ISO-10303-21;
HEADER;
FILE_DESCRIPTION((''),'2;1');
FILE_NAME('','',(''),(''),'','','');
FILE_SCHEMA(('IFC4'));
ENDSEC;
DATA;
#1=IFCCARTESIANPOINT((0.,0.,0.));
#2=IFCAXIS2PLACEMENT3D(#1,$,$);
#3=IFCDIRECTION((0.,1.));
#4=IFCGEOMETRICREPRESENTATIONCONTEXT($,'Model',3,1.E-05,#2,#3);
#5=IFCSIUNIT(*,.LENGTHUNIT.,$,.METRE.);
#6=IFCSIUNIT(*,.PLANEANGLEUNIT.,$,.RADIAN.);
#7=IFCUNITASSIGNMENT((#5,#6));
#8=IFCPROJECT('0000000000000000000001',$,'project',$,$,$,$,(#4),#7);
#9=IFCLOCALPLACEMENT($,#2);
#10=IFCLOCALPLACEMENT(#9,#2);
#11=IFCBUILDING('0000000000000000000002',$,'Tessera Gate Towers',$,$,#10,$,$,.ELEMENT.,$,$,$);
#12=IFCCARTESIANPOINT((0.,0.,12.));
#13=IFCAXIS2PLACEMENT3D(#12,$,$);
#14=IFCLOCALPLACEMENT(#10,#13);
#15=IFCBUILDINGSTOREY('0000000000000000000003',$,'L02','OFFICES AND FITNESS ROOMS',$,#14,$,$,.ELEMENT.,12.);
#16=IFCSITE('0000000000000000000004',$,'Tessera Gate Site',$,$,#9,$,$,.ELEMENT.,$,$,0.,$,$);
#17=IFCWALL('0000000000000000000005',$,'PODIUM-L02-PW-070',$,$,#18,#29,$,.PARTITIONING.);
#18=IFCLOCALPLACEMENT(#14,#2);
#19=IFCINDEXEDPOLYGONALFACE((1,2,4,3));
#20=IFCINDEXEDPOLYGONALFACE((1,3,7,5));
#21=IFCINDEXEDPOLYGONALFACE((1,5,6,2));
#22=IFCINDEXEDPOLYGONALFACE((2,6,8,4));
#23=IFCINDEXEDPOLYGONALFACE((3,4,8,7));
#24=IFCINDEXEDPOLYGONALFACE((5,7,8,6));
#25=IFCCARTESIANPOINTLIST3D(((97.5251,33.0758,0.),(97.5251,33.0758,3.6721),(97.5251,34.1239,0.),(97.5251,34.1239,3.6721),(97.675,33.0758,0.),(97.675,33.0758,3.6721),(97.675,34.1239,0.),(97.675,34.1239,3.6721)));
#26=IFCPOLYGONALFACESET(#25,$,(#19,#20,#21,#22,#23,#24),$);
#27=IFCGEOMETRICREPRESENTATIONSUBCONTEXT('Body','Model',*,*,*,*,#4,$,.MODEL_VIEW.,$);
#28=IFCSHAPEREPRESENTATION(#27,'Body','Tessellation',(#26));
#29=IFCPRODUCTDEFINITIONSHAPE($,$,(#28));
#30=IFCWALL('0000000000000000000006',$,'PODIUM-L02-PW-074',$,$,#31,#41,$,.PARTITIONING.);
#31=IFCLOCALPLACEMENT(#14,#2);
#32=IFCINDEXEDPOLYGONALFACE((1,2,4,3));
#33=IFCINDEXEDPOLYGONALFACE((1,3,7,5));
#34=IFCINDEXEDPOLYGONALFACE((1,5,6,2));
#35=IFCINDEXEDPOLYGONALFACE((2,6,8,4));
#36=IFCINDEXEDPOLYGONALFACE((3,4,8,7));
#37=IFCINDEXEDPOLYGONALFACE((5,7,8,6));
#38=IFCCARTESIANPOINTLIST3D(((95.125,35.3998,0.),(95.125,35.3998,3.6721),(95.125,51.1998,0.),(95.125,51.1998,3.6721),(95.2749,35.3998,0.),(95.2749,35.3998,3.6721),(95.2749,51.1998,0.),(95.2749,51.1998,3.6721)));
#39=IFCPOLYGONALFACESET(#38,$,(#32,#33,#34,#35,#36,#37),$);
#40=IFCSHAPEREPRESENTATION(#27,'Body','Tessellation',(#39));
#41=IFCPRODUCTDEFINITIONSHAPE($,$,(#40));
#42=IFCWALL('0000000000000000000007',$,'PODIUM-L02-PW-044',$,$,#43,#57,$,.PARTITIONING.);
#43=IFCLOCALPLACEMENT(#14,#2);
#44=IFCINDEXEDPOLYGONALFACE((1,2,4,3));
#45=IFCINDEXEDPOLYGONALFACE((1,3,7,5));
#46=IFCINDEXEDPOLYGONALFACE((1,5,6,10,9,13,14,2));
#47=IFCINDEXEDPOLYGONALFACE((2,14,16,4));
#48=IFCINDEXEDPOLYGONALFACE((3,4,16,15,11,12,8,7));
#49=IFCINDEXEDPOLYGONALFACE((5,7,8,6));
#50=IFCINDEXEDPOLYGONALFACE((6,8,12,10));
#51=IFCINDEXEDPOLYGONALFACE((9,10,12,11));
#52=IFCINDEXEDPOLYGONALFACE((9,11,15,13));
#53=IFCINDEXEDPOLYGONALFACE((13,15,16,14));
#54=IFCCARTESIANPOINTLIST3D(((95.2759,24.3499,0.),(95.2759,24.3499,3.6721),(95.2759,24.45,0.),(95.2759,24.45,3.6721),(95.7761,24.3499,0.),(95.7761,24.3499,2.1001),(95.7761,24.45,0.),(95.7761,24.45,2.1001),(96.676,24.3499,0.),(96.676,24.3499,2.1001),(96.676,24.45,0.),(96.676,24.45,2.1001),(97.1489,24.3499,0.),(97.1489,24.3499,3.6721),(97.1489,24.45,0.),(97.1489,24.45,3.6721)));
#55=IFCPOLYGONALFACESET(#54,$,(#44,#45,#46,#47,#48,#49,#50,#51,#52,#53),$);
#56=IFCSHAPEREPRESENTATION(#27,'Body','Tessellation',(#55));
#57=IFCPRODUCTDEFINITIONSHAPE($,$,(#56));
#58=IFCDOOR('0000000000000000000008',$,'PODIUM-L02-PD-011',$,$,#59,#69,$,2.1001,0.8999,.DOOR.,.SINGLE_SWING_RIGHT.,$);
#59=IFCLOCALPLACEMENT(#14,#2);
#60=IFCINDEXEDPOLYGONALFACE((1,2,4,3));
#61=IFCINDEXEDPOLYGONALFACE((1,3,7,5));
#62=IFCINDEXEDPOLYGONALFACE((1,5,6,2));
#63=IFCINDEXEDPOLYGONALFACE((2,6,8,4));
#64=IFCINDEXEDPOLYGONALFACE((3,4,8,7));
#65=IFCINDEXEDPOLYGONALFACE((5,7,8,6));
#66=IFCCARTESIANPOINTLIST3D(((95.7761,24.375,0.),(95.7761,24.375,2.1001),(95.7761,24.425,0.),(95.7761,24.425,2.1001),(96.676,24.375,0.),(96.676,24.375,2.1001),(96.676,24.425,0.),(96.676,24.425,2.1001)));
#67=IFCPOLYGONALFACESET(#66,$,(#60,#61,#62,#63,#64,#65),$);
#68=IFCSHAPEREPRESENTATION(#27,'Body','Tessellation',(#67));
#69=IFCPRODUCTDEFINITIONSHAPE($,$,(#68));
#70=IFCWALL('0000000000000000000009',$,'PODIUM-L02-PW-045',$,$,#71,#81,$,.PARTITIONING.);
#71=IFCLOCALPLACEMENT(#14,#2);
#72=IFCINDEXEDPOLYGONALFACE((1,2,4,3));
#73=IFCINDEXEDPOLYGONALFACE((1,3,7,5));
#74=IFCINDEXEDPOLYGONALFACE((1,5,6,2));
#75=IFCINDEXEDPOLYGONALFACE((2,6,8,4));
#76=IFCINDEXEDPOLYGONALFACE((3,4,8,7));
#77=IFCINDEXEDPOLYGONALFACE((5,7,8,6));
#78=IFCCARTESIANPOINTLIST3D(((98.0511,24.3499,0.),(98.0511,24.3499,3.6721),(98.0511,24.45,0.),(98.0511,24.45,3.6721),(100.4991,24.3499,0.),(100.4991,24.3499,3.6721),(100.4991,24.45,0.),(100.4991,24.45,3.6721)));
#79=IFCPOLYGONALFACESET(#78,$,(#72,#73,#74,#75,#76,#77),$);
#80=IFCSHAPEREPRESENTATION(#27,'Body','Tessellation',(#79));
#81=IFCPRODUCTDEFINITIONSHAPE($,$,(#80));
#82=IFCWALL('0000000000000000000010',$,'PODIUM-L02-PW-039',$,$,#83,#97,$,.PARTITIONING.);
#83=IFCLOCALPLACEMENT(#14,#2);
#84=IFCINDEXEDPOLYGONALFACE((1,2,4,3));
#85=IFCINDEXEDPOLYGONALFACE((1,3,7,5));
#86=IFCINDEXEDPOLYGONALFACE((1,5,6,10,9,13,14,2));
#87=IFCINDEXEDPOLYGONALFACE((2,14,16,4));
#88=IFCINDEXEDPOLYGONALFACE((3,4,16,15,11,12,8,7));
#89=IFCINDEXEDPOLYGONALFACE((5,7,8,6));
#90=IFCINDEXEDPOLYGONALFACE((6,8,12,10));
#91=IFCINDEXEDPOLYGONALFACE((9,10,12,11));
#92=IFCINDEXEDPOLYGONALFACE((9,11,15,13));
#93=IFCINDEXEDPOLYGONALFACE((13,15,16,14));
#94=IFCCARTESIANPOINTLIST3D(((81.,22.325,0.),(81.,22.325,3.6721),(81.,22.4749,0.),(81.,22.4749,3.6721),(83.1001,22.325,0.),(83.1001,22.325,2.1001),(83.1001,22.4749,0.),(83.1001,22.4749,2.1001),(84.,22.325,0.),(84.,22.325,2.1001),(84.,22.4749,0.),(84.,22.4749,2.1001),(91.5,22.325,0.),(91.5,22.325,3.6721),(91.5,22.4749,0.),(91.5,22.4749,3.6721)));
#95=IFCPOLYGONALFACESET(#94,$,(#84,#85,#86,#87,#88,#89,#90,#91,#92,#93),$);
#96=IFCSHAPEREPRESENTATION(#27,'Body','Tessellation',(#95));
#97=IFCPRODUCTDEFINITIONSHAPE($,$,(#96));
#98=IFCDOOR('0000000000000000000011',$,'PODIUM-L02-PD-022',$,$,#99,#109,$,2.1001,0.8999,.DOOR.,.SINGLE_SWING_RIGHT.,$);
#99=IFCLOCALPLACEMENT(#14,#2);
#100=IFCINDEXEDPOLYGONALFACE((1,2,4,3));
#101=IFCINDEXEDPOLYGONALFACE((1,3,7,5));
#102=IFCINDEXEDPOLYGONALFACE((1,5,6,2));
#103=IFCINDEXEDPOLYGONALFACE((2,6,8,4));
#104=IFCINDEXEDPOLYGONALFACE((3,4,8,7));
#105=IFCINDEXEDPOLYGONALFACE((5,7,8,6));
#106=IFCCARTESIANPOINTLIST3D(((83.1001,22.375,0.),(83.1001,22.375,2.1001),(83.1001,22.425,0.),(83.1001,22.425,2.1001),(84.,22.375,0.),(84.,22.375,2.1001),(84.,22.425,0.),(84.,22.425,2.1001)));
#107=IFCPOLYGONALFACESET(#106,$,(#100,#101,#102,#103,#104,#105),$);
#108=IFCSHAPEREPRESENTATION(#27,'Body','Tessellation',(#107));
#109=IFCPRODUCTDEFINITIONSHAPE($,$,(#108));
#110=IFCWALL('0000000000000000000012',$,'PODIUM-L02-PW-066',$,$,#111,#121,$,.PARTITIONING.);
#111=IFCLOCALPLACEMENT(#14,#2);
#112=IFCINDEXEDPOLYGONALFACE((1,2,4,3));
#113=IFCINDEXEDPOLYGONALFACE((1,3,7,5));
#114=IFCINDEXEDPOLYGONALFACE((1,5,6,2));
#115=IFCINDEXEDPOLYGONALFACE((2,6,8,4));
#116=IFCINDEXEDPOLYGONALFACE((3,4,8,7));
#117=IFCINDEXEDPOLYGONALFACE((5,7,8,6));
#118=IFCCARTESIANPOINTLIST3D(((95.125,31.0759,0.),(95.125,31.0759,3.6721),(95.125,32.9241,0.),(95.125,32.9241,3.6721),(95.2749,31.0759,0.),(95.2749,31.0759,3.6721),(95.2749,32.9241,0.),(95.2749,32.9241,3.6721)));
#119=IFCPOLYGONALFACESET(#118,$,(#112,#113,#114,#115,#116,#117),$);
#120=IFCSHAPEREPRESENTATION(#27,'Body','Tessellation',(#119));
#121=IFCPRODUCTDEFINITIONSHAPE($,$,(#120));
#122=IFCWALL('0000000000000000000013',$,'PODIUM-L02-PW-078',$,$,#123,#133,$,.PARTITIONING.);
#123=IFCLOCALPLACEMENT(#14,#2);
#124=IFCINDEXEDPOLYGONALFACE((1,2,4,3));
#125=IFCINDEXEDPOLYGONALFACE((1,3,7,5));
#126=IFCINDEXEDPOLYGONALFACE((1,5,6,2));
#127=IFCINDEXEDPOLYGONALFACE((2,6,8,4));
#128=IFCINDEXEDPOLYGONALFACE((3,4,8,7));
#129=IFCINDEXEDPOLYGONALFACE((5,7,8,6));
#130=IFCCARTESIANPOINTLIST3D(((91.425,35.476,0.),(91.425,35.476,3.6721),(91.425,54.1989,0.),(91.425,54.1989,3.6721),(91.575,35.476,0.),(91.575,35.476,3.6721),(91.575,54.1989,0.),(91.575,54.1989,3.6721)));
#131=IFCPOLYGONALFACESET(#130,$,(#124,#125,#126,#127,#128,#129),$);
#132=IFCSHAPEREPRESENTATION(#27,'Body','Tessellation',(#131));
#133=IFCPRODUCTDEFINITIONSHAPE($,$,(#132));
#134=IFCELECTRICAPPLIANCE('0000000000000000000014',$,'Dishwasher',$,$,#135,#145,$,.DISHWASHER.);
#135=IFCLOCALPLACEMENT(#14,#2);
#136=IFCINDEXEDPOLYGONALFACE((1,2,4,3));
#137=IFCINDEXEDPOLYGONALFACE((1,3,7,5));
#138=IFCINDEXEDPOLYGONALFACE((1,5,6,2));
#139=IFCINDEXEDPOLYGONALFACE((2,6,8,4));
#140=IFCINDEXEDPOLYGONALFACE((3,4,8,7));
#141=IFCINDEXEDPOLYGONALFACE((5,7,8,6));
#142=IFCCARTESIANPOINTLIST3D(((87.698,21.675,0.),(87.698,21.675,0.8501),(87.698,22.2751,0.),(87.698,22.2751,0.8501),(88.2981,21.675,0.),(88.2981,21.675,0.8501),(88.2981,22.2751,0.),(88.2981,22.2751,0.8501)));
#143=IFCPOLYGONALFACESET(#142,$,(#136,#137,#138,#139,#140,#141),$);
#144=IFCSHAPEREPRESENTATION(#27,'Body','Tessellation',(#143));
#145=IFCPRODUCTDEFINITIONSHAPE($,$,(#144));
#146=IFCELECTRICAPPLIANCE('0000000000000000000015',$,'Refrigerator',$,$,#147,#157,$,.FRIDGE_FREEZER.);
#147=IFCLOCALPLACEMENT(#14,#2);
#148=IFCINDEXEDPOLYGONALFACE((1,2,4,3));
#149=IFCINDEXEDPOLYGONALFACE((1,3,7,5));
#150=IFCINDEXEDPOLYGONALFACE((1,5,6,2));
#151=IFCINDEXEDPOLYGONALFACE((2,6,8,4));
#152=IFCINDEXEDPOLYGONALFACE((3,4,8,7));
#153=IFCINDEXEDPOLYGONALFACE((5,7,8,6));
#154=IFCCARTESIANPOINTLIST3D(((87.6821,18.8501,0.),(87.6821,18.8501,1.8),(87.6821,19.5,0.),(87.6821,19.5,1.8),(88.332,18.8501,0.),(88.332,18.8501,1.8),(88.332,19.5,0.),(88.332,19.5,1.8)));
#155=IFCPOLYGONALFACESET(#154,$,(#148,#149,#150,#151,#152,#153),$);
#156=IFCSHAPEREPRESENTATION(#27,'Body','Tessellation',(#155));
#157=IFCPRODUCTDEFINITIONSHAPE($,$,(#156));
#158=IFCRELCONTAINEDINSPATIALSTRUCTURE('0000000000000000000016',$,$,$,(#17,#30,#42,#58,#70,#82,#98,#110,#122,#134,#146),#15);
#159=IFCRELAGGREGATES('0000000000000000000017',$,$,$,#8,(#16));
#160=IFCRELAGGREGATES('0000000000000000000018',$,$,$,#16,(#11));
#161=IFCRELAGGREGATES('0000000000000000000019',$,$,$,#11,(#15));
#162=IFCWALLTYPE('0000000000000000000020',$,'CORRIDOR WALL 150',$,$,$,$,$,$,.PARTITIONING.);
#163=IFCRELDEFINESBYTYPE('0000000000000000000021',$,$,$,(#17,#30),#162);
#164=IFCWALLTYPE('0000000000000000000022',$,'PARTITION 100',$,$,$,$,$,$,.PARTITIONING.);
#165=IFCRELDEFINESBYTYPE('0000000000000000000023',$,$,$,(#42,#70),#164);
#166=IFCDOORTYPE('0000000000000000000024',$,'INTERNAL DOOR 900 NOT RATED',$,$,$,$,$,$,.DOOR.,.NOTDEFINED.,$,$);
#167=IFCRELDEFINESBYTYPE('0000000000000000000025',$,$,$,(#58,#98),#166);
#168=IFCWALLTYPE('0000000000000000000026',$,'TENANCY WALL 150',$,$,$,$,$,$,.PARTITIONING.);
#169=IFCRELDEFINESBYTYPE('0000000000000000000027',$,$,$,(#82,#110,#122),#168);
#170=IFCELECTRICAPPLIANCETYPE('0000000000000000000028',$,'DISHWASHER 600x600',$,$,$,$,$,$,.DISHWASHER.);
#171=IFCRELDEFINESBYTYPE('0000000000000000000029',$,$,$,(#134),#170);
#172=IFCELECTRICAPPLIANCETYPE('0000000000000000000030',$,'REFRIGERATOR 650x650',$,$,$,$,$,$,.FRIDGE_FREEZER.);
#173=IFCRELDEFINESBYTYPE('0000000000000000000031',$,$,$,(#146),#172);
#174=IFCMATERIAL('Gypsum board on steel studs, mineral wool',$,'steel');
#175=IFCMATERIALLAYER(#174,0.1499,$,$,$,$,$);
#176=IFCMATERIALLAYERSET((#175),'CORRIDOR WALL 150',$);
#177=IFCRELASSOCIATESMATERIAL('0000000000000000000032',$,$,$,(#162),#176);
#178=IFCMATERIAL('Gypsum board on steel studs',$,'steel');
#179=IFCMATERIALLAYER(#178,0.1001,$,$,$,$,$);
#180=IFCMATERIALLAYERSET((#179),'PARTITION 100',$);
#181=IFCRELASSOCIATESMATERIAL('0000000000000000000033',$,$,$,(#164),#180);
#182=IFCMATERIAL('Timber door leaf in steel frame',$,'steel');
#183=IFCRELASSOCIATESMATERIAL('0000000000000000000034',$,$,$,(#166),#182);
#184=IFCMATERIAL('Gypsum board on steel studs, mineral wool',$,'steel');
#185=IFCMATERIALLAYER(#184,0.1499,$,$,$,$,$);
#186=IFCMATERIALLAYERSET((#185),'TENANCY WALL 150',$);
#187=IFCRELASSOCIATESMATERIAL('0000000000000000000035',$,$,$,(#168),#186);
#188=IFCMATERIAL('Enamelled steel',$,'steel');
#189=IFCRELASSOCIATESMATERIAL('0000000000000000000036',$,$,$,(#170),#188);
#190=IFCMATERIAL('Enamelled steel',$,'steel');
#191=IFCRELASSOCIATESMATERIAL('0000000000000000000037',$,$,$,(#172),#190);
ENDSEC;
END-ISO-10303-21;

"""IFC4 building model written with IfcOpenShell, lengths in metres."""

from ifc_helpers import new_model, si_unit, direction, frame, frame_2d, origin, origin_2d, place, context, subcontext, project, spatial, rectangle, extrude, source, transform, mapped, material, layer, layer_set, type_object, element, fill, save


model = new_model("IFC4")

# Units and contexts
model_context = context("Model", 3, precision=1e-05, world=origin(), true_north=direction((0.0, 1.0)))
body_context = subcontext(model_context, "Body", "Model", "MODEL_VIEW")
ifc_project = project(units=[si_unit("LENGTHUNIT", "METRE"), si_unit("PLANEANGLEUNIT", "RADIAN")], contexts=[model_context])

# Site, building, storey
site_placement = place(None, origin())
site = spatial("IfcSite", under=ifc_project, at=site_placement, Name="Tessera Gate Site", CompositionType="ELEMENT", RefElevation=0.0)
building_placement = place(site_placement, origin())
building = spatial("IfcBuilding", under=site, at=building_placement, Name="Tessera Gate Towers", CompositionType="ELEMENT")
storey_placement = place(building_placement, frame((0.0, 0.0, 12.0)))
storey = spatial("IfcBuildingStorey", under=building, at=storey_placement, Name="L02", Description="OFFICES AND FITNESS ROOMS", CompositionType="ELEMENT", Elevation=12.0)

# Shared definitions
ifc_material_1 = material(Name="Gypsum board on steel studs, mineral wool", Category="steel")
ifc_layer_1 = layer(ifc_material_1, 0.1499)
ifc_layer_set_1 = layer_set([ifc_layer_1], Name="CORRIDOR WALL 150")
wall_type_1 = type_object("IfcWallType", Name="CORRIDOR WALL 150", PredefinedType="PARTITIONING", material=ifc_layer_set_1)

# Walls
wall_1_placement = place(storey_placement, frame((97.6001, 33.0759, 0.0), z_axis=(0.0, 0.0, 1.0), x_axis=(0.0, 1.0, 0.0)))
element("IfcWall", 1, at=wall_1_placement, inside=storey, type_object=wall_type_1, Name="PODIUM-L02-PW-070", PredefinedType="PARTITIONING", context=body_context, shape_type="SweptSolid", body=[
    extrude(rectangle(XDim=1.0481, YDim=0.1499, at=frame_2d((0.5239, 0.0))), origin(), (0.0, 0.0, 1.0), 3.6721),
])
wall_2_placement = place(storey_placement, frame((95.2, 35.3999, 0.0), z_axis=(0.0, 0.0, 1.0), x_axis=(0.0, 1.0, 0.0)))
element("IfcWall", 2, at=wall_2_placement, inside=storey, type_object=wall_type_1, Name="PODIUM-L02-PW-074", PredefinedType="PARTITIONING", context=body_context, shape_type="SweptSolid", body=[
    extrude(rectangle(XDim=15.8, YDim=0.1499, at=frame_2d((7.8999, 0.0))), origin(), (0.0, 0.0, 1.0), 3.6721),
])

# Wall, opening, door
ifc_material_2 = material(Name="Gypsum board on steel studs", Category="steel")
ifc_layer_2 = layer(ifc_material_2, 0.1001)
ifc_layer_set_2 = layer_set([ifc_layer_2], Name="PARTITION 100")
wall_type_2 = type_object("IfcWallType", Name="PARTITION 100", PredefinedType="PARTITIONING", material=ifc_layer_set_2)
wall_3_placement = place(storey_placement, frame((97.1489, 24.3999, 0.0), z_axis=(0.0, 0.0, 1.0), x_axis=(-1.0, 0.0, 0.0)))
wall_3 = element("IfcWall", 3, at=wall_3_placement, inside=storey, type_object=wall_type_2, Name="PODIUM-L02-PW-044", PredefinedType="PARTITIONING", context=body_context, shape_type="SweptSolid", body=[
    extrude(rectangle(XDim=1.873, YDim=0.1001, at=frame_2d((0.9365, 0.0))), origin(), (0.0, 0.0, 1.0), 3.6721),
])
shared_shape_1 = source(origin(), body_context, "Body", "SweptSolid", [
    extrude(rectangle(XDim=0.8999, YDim=2.1001, at=frame_2d((0.45, 1.05))), frame((0.0, 0.0601, 0.0), z_axis=(0.0, -1.0, 0.0), x_axis=(1.0, 0.0, 0.0)), (0.0, 0.0, 1.0), 0.1201),
])
opening_1_placement = place(wall_3_placement, frame((0.4729, 0.0, 0.0)))
opening_1 = element("IfcOpeningElement", 4, at=opening_1_placement, cuts=wall_3, PredefinedType="OPENING", context=body_context, shape_type="MappedRepresentation", body=[
    mapped(shared_shape_1, transform((0.0, 0.0, 0.0), scale=1.0)),
])
ifc_material_3 = material(Name="Timber door leaf in steel frame", Category="steel")
door_type_1 = type_object("IfcDoorType", Name="INTERNAL DOOR 900 NOT RATED", OperationType="NOTDEFINED", PredefinedType="DOOR", material=ifc_material_3)
shared_shape_2 = source(origin(), body_context, "Body", "SweptSolid", [
    extrude(rectangle(XDim=0.8999, YDim=2.1001, at=frame_2d((0.45, 1.05))), frame((0.0, 0.0249, 0.0), z_axis=(0.0, -1.0, 0.0), x_axis=(1.0, 0.0, 0.0)), (0.0, 0.0, 1.0), 0.05),
])
door_1_placement = place(opening_1_placement, origin())
door_1 = element("IfcDoor", 5, at=door_1_placement, inside=storey, type_object=door_type_1, Name="PODIUM-L02-PD-011", OperationType="SINGLE_SWING_RIGHT", OverallHeight=2.1001, OverallWidth=0.8999, PredefinedType="DOOR", context=body_context, shape_type="MappedRepresentation", body=[
    mapped(shared_shape_2, transform((0.0, 0.0, 0.0), scale=1.0)),
])
fill(opening_1, door_1)

# Wall
wall_4_placement = place(storey_placement, frame((98.051, 24.3999, 0.0), z_axis=(0.0, 0.0, 1.0), x_axis=(1.0, 0.0, 0.0)))
element("IfcWall", 6, at=wall_4_placement, inside=storey, type_object=wall_type_2, Name="PODIUM-L02-PW-045", PredefinedType="PARTITIONING", context=body_context, shape_type="SweptSolid", body=[
    extrude(rectangle(XDim=2.448, YDim=0.1001, at=frame_2d((1.2241, 0.0))), origin(), (0.0, 0.0, 1.0), 3.6721),
])

# Wall, opening, door
ifc_material_4 = material(Name="Gypsum board on steel studs, mineral wool", Category="steel")
ifc_layer_3 = layer(ifc_material_4, 0.1499)
ifc_layer_set_3 = layer_set([ifc_layer_3], Name="TENANCY WALL 150")
wall_type_3 = type_object("IfcWallType", Name="TENANCY WALL 150", PredefinedType="PARTITIONING", material=ifc_layer_set_3)
wall_5_placement = place(storey_placement, frame((91.5, 22.3999, 0.0), z_axis=(0.0, 0.0, 1.0), x_axis=(-1.0, 0.0, 0.0)))
wall_5 = element("IfcWall", 7, at=wall_5_placement, inside=storey, type_object=wall_type_3, Name="PODIUM-L02-PW-039", PredefinedType="PARTITIONING", context=body_context, shape_type="SweptSolid", body=[
    extrude(rectangle(XDim=10.5, YDim=0.1499, at=frame_2d((5.25, 0.0))), origin(), (0.0, 0.0, 1.0), 3.6721),
])
shared_shape_3 = source(origin(), body_context, "Body", "SweptSolid", [
    extrude(rectangle(XDim=0.8999, YDim=2.1001, at=frame_2d((0.45, 1.05))), frame((0.0, 0.085, 0.0), z_axis=(0.0, -1.0, 0.0), x_axis=(1.0, 0.0, 0.0)), (0.0, 0.0, 1.0), 0.1699),
])
opening_2_placement = place(wall_5_placement, frame((7.5, 0.0, 0.0)))
opening_2 = element("IfcOpeningElement", 8, at=opening_2_placement, cuts=wall_5, PredefinedType="OPENING", context=body_context, shape_type="MappedRepresentation", body=[
    mapped(shared_shape_3, transform((0.0, 0.0, 0.0), scale=1.0)),
])
door_2_placement = place(opening_2_placement, origin())
door_2 = element("IfcDoor", 9, at=door_2_placement, inside=storey, type_object=door_type_1, Name="PODIUM-L02-PD-022", OperationType="SINGLE_SWING_RIGHT", OverallHeight=2.1001, OverallWidth=0.8999, PredefinedType="DOOR", context=body_context, shape_type="MappedRepresentation", body=[
    mapped(shared_shape_2, transform((0.0, 0.0, 0.0), scale=1.0)),
])
fill(opening_2, door_2)

# Walls
wall_6_placement = place(storey_placement, frame((95.2, 31.0759, 0.0), z_axis=(0.0, 0.0, 1.0), x_axis=(0.0, 1.0, 0.0)))
element("IfcWall", 10, at=wall_6_placement, inside=storey, type_object=wall_type_3, Name="PODIUM-L02-PW-066", PredefinedType="PARTITIONING", context=body_context, shape_type="SweptSolid", body=[
    extrude(rectangle(XDim=1.8481, YDim=0.1499, at=frame_2d((0.9241, 0.0))), origin(), (0.0, 0.0, 1.0), 3.6721),
])
wall_7_placement = place(storey_placement, frame((91.5, 35.4761, 0.0), z_axis=(0.0, 0.0, 1.0), x_axis=(0.0, 1.0, 0.0)))
element("IfcWall", 11, at=wall_7_placement, inside=storey, type_object=wall_type_3, Name="PODIUM-L02-PW-078", PredefinedType="PARTITIONING", context=body_context, shape_type="SweptSolid", body=[
    extrude(rectangle(XDim=18.7229, YDim=0.1499, at=frame_2d((9.3613, 0.0))), origin(), (0.0, 0.0, 1.0), 3.6721),
])

# Electric appliances
ifc_material_5 = material(Name="Enamelled steel", Category="steel")
electric_appliance_type_1 = type_object("IfcElectricApplianceType", Name="DISHWASHER 600x600", PredefinedType="DISHWASHER", material=ifc_material_5)
electric_appliance_1_placement = place(storey_placement, frame((87.998, 21.9751, 0.0), z_axis=(0.0, 0.0, 1.0), x_axis=(1.0, 0.0, 0.0)))
element("IfcElectricAppliance", 12, at=electric_appliance_1_placement, inside=storey, type_object=electric_appliance_type_1, Name="Dishwasher", PredefinedType="DISHWASHER", context=body_context, shape_type="SweptSolid", body=[
    extrude(rectangle(XDim=0.6001, YDim=0.6001, at=origin_2d()), origin(), (0.0, 0.0, 1.0), 0.8501),
])
ifc_material_6 = material(Name="Enamelled steel", Category="steel")
electric_appliance_type_2 = type_object("IfcElectricApplianceType", Name="REFRIGERATOR 650x650", PredefinedType="FRIDGE_FREEZER", material=ifc_material_6)
electric_appliance_2_placement = place(storey_placement, frame((88.0071, 19.175, 0.0), z_axis=(0.0, 0.0, 1.0), x_axis=(1.0, 0.0, 0.0)))
element("IfcElectricAppliance", 13, at=electric_appliance_2_placement, inside=storey, type_object=electric_appliance_type_2, Name="Refrigerator", PredefinedType="FRIDGE_FREEZER", context=body_context, shape_type="SweptSolid", body=[
    extrude(rectangle(XDim=0.6499, YDim=0.6499, at=origin_2d()), origin(), (0.0, 0.0, 1.0), 1.8),
])

save(model, "model.ifc")
